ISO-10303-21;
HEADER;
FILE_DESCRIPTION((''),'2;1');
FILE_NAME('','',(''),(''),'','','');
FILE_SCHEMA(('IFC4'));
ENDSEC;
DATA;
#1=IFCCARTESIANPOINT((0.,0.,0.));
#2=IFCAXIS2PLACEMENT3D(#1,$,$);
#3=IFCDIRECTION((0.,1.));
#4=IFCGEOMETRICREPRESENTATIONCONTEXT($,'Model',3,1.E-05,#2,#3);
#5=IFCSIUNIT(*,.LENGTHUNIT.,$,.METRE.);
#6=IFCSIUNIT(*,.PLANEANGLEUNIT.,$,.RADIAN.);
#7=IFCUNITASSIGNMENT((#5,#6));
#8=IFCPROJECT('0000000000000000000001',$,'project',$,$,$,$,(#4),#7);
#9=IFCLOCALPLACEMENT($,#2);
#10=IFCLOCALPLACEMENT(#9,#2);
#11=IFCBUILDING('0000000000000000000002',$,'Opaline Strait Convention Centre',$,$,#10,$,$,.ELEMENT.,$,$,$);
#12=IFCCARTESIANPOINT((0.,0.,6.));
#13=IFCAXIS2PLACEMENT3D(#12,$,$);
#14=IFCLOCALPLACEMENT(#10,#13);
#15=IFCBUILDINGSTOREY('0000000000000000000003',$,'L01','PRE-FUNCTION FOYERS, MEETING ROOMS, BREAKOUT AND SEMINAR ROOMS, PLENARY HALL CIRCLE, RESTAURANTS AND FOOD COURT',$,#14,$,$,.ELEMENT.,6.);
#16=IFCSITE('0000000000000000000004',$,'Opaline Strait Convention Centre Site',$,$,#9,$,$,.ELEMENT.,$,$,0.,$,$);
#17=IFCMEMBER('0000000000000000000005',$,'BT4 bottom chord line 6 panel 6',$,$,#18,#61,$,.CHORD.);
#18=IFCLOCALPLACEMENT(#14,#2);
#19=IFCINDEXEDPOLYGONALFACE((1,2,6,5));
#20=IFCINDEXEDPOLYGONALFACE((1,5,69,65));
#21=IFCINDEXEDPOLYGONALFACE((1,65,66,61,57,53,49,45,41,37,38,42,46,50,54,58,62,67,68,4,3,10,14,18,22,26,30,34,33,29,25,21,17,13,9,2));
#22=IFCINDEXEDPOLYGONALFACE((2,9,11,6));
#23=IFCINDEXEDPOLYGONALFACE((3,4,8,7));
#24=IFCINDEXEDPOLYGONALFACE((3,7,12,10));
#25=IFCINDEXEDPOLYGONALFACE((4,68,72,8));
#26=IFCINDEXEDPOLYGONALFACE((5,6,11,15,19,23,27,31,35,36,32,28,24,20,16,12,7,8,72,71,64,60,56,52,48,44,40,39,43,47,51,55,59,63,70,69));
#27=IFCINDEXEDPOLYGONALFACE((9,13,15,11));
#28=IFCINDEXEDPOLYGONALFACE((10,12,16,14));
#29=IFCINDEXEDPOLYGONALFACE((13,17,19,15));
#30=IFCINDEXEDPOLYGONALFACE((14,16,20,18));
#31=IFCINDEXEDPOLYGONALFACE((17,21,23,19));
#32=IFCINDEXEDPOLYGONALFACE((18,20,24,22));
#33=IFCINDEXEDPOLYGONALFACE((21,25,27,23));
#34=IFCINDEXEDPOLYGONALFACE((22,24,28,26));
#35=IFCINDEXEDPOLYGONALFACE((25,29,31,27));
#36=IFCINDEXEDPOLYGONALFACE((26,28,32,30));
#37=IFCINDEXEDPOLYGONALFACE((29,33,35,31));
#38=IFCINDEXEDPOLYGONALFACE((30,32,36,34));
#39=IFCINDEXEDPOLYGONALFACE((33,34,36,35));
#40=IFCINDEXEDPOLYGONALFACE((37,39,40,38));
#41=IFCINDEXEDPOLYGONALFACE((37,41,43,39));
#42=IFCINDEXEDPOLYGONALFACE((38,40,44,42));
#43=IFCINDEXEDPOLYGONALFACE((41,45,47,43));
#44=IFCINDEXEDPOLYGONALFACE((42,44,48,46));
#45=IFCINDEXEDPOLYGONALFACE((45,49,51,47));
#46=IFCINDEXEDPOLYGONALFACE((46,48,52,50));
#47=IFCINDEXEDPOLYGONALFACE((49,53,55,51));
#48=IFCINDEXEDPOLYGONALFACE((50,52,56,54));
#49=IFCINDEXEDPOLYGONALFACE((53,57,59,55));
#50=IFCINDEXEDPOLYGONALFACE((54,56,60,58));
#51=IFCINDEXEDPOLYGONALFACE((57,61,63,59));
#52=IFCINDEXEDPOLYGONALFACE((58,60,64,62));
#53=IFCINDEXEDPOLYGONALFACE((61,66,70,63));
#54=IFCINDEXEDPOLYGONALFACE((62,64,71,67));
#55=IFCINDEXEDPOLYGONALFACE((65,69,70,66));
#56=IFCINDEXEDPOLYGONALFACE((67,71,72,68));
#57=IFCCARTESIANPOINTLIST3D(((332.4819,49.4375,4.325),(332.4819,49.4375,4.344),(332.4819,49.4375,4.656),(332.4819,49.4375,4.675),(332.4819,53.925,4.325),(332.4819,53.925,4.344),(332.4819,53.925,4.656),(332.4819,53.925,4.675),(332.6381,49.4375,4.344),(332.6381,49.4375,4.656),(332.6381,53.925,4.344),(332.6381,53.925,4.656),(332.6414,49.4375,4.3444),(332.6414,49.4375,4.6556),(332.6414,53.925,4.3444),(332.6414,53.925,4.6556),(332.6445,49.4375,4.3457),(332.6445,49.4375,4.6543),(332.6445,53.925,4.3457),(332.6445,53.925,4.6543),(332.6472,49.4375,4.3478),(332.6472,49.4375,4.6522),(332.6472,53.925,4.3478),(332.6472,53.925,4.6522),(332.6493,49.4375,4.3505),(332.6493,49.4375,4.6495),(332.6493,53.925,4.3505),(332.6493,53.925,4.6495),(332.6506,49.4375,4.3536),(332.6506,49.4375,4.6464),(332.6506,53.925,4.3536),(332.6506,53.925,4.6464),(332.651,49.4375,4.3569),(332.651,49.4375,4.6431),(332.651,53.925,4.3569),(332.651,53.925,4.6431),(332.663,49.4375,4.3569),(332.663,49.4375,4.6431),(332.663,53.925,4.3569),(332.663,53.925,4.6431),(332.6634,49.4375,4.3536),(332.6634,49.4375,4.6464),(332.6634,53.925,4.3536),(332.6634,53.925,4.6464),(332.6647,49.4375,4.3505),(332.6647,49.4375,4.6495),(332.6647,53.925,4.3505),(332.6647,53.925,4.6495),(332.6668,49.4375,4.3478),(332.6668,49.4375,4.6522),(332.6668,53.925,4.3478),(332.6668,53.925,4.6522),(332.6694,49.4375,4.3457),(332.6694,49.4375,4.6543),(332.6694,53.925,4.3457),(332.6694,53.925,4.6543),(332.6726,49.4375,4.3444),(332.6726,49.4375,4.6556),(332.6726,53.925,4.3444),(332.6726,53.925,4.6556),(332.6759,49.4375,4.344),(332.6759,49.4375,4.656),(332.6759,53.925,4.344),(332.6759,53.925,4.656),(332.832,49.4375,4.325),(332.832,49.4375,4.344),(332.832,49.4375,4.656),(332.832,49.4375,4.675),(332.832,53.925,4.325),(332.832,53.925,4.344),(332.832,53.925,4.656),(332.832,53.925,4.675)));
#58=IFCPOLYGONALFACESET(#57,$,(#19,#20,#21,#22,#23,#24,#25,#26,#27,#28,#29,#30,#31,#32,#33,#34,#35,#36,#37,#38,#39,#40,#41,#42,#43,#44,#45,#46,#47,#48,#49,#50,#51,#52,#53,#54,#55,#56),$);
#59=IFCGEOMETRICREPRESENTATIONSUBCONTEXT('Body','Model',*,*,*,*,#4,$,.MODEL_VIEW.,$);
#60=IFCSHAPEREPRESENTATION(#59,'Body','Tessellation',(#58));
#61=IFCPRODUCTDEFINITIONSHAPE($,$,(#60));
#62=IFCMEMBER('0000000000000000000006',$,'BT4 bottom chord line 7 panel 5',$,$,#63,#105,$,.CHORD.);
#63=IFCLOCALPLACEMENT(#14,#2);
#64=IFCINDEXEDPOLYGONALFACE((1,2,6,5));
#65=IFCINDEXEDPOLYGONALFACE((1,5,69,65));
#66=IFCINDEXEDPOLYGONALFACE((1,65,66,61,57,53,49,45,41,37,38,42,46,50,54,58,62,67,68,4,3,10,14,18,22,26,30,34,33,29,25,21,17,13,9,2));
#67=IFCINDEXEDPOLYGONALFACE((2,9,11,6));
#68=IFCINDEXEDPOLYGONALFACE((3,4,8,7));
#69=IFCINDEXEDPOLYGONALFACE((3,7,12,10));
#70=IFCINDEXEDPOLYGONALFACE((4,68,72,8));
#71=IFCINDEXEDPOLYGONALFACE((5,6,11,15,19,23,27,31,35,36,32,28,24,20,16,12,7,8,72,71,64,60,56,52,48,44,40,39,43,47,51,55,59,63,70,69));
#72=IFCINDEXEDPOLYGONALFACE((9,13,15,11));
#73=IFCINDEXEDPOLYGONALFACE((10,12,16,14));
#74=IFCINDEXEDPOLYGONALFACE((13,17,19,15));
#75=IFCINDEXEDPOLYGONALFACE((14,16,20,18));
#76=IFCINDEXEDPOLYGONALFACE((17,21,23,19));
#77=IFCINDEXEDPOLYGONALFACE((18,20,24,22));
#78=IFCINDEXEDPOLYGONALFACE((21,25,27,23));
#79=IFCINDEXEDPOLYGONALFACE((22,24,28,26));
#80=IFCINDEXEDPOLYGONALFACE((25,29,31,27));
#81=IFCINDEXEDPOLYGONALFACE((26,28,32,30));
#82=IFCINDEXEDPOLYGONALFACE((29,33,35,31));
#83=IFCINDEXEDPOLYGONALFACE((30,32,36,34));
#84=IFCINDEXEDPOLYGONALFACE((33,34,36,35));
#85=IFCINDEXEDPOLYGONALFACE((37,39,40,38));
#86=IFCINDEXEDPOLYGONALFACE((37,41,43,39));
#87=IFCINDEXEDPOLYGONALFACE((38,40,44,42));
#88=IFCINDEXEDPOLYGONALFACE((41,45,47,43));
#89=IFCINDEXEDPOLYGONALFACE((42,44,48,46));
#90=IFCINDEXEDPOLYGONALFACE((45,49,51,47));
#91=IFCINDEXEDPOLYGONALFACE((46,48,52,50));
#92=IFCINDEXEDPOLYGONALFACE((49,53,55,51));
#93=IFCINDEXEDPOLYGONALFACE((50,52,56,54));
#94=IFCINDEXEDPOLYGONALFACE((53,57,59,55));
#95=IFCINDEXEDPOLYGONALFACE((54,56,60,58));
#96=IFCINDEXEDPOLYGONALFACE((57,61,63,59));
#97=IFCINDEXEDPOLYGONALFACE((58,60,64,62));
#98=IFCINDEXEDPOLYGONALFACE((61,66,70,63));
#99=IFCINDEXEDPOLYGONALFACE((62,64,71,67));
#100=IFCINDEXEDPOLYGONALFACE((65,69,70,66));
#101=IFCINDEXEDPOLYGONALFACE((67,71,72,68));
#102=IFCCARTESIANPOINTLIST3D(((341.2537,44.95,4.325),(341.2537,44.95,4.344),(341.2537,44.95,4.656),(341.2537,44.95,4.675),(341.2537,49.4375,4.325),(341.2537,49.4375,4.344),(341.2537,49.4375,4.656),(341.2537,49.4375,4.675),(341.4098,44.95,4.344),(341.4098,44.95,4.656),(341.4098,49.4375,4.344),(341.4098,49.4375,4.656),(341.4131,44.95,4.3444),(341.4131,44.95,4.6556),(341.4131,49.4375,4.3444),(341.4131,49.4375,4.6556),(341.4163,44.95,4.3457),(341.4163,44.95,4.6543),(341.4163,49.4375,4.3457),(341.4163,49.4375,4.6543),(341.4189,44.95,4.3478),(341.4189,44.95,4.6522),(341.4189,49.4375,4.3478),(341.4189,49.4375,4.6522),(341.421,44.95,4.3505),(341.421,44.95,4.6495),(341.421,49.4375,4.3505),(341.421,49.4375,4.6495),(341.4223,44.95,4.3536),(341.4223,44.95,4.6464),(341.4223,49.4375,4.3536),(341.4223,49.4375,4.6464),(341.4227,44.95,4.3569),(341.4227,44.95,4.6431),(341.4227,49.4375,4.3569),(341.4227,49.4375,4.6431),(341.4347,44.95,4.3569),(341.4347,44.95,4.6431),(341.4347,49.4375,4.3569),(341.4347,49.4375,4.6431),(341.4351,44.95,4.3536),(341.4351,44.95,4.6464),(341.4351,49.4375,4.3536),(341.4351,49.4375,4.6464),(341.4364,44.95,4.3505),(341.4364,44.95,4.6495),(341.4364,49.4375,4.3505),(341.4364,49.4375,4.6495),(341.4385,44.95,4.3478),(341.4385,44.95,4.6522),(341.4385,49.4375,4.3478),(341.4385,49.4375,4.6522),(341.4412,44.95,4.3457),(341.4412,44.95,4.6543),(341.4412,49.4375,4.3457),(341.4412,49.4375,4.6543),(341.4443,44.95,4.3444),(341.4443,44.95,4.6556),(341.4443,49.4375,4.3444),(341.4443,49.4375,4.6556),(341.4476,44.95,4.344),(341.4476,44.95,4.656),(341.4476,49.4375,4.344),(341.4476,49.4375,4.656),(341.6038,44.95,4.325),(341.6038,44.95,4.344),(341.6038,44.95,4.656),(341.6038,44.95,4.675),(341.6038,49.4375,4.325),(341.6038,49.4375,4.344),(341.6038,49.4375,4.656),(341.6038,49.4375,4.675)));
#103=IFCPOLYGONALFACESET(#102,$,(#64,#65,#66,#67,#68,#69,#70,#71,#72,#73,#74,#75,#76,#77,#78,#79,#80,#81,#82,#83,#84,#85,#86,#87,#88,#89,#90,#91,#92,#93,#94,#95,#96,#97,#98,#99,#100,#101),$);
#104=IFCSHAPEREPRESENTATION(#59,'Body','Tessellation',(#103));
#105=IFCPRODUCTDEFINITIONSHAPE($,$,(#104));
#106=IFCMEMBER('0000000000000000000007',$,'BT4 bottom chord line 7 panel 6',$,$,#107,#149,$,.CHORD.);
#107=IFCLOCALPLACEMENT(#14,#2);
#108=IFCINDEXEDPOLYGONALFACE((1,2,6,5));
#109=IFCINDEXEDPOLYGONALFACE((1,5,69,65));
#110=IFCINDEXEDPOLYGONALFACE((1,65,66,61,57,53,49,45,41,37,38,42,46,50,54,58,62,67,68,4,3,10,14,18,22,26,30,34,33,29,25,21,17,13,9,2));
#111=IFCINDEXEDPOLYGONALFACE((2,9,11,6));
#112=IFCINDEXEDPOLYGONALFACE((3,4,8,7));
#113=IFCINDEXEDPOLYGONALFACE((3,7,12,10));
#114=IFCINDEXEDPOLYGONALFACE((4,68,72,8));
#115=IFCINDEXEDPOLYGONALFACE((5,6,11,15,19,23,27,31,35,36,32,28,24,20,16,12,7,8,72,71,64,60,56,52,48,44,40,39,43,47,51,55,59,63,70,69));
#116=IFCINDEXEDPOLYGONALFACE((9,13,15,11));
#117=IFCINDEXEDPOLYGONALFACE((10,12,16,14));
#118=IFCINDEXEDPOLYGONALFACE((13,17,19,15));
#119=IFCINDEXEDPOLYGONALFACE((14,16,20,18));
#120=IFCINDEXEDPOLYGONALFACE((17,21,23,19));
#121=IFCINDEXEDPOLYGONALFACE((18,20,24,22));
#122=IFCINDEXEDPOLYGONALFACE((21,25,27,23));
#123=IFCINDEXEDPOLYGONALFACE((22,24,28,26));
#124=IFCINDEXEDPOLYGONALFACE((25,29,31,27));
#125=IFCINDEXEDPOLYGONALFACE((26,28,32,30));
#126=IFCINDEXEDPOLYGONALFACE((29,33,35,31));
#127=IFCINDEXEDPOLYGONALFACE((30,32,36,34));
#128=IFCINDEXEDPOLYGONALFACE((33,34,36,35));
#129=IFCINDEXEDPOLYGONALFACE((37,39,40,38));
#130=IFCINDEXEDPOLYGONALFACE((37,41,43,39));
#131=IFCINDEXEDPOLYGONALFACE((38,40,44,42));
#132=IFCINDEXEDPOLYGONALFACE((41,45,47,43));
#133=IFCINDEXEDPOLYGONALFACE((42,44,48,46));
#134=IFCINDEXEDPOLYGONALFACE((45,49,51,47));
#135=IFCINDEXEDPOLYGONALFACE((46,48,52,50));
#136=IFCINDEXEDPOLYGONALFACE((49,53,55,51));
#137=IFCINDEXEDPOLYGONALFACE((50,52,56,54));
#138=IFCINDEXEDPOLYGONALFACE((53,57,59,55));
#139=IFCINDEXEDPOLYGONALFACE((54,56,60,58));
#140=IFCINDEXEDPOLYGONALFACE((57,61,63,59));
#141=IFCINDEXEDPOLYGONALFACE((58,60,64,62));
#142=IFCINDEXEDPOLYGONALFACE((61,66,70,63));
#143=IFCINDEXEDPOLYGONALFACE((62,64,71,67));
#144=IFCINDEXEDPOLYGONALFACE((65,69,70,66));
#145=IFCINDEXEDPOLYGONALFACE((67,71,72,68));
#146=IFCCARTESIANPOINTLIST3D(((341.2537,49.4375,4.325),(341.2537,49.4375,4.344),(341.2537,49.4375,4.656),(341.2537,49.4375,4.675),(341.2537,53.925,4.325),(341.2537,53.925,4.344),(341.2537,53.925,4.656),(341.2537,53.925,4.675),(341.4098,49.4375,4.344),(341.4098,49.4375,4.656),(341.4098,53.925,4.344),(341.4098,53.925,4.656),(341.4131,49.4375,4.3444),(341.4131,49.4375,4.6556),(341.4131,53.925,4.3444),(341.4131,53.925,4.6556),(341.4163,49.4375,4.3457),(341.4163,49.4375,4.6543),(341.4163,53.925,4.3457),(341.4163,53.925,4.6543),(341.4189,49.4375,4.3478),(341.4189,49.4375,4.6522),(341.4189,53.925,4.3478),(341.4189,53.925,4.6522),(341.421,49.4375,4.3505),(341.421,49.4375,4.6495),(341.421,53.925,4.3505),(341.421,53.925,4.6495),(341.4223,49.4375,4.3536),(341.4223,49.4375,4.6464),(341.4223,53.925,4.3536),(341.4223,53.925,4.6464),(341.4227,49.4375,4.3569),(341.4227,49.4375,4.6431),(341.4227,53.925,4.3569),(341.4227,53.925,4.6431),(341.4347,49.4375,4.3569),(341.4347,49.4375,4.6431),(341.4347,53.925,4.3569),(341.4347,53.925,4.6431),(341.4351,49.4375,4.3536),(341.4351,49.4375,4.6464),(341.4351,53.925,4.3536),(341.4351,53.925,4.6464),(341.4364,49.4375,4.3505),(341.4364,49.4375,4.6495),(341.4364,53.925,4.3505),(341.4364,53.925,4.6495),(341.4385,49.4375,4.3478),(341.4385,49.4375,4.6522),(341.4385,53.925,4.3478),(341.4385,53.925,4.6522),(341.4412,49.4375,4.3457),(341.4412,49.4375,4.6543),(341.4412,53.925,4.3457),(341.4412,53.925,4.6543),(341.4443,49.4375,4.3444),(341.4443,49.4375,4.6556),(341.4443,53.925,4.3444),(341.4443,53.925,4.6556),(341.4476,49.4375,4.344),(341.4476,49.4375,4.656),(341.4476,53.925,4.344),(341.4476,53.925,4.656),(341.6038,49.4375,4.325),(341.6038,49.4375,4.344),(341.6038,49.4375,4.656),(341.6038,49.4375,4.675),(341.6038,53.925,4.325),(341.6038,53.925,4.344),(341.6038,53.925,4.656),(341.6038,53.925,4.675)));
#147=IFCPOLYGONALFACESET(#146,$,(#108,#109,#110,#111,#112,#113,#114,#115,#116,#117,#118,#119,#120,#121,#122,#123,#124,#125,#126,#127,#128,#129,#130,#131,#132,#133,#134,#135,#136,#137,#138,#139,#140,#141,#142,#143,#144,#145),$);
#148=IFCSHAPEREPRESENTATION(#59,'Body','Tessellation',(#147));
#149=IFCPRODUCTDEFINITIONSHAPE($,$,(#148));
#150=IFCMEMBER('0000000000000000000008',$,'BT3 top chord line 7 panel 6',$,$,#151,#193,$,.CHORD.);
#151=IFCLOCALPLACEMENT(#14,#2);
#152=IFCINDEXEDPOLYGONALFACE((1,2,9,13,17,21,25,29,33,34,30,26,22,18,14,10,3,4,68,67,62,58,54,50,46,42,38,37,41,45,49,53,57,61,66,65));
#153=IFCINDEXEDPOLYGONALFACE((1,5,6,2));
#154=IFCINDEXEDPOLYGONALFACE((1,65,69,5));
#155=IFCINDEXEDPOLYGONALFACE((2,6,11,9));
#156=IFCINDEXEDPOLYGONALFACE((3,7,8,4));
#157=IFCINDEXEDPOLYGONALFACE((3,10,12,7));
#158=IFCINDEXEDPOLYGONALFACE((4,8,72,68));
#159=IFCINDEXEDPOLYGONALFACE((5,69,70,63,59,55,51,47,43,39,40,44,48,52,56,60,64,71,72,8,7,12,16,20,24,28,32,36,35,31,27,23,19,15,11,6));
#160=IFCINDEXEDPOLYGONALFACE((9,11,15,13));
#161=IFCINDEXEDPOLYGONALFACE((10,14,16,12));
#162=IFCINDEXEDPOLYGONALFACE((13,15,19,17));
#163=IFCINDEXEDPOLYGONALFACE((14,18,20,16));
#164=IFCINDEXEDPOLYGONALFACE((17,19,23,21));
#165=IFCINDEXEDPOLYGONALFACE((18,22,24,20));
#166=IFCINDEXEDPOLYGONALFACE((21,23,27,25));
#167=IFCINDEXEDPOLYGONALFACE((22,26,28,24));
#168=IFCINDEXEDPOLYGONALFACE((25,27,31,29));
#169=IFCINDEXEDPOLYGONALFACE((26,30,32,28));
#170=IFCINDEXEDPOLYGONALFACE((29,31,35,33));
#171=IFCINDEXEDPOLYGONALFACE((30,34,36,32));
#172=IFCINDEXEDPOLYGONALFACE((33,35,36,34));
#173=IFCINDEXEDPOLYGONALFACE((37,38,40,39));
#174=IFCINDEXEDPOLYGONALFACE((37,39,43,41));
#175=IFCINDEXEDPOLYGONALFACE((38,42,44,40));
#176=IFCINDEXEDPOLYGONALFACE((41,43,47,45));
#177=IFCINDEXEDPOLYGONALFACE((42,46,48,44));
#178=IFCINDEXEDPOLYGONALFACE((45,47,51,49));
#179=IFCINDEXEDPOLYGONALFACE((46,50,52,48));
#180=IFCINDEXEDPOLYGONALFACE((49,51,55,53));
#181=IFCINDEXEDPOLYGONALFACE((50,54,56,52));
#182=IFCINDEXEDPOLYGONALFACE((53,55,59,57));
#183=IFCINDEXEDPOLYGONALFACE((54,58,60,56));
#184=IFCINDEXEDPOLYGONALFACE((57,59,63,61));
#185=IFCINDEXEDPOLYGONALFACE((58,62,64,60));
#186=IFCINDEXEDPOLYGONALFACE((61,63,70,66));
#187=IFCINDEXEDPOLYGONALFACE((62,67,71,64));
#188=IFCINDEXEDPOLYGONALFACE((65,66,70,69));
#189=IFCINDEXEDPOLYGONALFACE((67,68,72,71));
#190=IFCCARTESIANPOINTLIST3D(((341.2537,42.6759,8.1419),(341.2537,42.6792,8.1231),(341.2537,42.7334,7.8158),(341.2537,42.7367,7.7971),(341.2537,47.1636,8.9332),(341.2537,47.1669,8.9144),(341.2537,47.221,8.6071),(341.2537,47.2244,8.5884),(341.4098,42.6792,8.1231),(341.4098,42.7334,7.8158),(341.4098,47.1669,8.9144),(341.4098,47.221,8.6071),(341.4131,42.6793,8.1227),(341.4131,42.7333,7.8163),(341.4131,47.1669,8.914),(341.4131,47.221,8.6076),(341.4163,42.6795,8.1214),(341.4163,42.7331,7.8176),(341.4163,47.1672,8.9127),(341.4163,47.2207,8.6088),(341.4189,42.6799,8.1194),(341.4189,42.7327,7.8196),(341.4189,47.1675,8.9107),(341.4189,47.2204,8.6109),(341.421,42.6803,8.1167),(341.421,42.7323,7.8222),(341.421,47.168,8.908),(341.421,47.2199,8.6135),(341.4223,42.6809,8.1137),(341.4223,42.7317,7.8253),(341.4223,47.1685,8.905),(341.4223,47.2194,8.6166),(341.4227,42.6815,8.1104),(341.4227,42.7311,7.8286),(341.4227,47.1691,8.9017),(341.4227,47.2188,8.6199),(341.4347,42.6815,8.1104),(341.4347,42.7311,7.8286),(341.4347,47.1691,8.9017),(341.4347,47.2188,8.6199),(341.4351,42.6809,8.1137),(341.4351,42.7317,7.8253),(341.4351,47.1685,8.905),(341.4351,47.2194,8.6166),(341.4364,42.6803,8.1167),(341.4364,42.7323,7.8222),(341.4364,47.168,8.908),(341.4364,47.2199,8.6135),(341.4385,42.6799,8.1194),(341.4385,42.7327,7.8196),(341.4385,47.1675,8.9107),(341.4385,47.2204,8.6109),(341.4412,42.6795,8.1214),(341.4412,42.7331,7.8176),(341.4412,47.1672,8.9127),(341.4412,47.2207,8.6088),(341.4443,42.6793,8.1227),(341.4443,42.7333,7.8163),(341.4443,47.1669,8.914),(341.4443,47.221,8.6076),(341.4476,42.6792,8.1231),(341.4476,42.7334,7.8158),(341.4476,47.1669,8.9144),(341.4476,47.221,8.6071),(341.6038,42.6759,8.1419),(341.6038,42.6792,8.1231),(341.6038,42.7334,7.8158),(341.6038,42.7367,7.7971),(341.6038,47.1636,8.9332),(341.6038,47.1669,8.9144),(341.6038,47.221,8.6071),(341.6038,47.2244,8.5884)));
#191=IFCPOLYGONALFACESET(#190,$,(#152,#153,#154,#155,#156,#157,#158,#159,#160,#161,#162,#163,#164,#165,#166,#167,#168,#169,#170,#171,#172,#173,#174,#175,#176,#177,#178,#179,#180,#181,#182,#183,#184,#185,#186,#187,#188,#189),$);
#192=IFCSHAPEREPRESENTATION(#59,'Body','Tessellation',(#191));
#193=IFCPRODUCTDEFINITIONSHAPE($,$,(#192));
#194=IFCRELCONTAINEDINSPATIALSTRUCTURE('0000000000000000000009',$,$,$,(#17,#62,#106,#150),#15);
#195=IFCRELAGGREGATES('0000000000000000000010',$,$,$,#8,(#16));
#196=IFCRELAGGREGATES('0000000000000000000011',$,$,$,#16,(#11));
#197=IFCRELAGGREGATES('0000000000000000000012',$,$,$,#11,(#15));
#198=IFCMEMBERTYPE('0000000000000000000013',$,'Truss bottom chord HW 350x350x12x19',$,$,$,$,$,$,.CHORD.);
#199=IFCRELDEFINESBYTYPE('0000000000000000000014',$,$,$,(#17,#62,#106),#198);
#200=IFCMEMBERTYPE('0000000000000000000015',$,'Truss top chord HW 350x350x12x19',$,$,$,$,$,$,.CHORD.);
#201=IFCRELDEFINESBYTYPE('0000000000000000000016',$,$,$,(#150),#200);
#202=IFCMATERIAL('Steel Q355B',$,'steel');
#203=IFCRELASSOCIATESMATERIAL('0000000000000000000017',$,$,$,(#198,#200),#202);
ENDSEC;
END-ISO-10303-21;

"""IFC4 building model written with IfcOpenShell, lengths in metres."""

from ifc_helpers import new_model, si_unit, direction, frame, origin, origin_2d, place, context, subcontext, project, spatial, i_section, extrude, material, material_profile, profile_set, type_object, element, save


model = new_model("IFC4")

# Units and contexts
model_context = context("Model", 3, precision=1e-05, world=origin(), true_north=direction((0.0, 1.0)))
body_context = subcontext(model_context, "Body", "Model", "MODEL_VIEW")
ifc_project = project(units=[si_unit("LENGTHUNIT", "METRE"), si_unit("PLANEANGLEUNIT", "RADIAN")], contexts=[model_context])

# Site, building, storey
site_placement = place(None, origin())
site = spatial("IfcSite", under=ifc_project, at=site_placement, Name="Opaline Strait Convention Centre Site", CompositionType="ELEMENT", RefElevation=0.0)
building_placement = place(site_placement, origin())
building = spatial("IfcBuilding", under=site, at=building_placement, Name="Opaline Strait Convention Centre", CompositionType="ELEMENT")
storey_placement = place(building_placement, frame((0.0, 0.0, 6.0)))
storey = spatial("IfcBuildingStorey", under=building, at=storey_placement, Name="L01", Description="PRE-FUNCTION FOYERS, MEETING ROOMS, BREAKOUT AND SEMINAR ROOMS, PLENARY HALL CIRCLE, RESTAURANTS AND FOOD COURT", CompositionType="ELEMENT", Elevation=6.0)

# Members
ifc_material_1 = material(Name="Steel Q355B", Category="steel")
ifc_material_profile_1 = material_profile(ifc_material_1, i_section(OverallWidth=0.3501, OverallDepth=0.3501, WebThickness=0.012, FlangeThickness=0.019, FilletRadius=0.0129, at=origin_2d()), Name="HW 350x350x12x19")
ifc_profile_set_1 = profile_set([ifc_material_profile_1], Name="Steel Q355B")
member_type_1 = type_object("IfcMemberType", Name="Truss bottom chord HW 350x350x12x19", PredefinedType="CHORD", material=ifc_profile_set_1)
for number, where, z_axis, x_axis, name in (
    (1, (332.657, 49.4375, 4.5), (0.0, 1.0, 0.0), (-1.0, 0.0, 0.0), "BT4 bottom chord line 6 panel 6"),
    (2, (341.4287, 44.95, 4.5), (0.0, 1.0, 0.0), (-1.0, 0.0, 0.0), "BT4 bottom chord line 7 panel 5"),
    (3, (341.4287, 49.4375, 4.5), (0.0, 1.0, 0.0), (-1.0, 0.0, 0.0), "BT4 bottom chord line 7 panel 6"),
):
    element("IfcMember", number, at=place(storey_placement, frame(where, z_axis=z_axis, x_axis=x_axis)), inside=storey, type_object=member_type_1, Name=name, PredefinedType="CHORD", context=body_context, shape_type="SweptSolid", body=[
        extrude(i_section(OverallWidth=0.3501, OverallDepth=0.3501, WebThickness=0.012, FlangeThickness=0.019, FilletRadius=0.0129, at=origin_2d()), origin(), (0.0, 0.0, 1.0), 4.4875),
    ])
ifc_material_profile_2 = material_profile(ifc_material_1, i_section(OverallWidth=0.3501, OverallDepth=0.3501, WebThickness=0.012, FlangeThickness=0.019, FilletRadius=0.0129, at=origin_2d()), Name="HW 350x350x12x19")
ifc_profile_set_2 = profile_set([ifc_material_profile_2], Name="Steel Q355B")
member_type_2 = type_object("IfcMemberType", Name="Truss top chord HW 350x350x12x19", PredefinedType="CHORD", material=ifc_profile_set_2)
member_1_placement = place(storey_placement, frame((341.4287, 42.7063, 7.9695), z_axis=(0.0, 0.984808, 0.173645), x_axis=(-1.0, 0.0, 0.0)))
element("IfcMember", 4, at=member_1_placement, inside=storey, type_object=member_type_2, Name="BT3 top chord line 7 panel 6", PredefinedType="CHORD", context=body_context, shape_type="SweptSolid", body=[
    extrude(i_section(OverallWidth=0.3501, OverallDepth=0.3501, WebThickness=0.012, FlangeThickness=0.019, FilletRadius=0.0129, at=origin_2d()), origin(), (0.0, 0.0, 1.0), 4.5569),
])

save(model, "model.ifc")
